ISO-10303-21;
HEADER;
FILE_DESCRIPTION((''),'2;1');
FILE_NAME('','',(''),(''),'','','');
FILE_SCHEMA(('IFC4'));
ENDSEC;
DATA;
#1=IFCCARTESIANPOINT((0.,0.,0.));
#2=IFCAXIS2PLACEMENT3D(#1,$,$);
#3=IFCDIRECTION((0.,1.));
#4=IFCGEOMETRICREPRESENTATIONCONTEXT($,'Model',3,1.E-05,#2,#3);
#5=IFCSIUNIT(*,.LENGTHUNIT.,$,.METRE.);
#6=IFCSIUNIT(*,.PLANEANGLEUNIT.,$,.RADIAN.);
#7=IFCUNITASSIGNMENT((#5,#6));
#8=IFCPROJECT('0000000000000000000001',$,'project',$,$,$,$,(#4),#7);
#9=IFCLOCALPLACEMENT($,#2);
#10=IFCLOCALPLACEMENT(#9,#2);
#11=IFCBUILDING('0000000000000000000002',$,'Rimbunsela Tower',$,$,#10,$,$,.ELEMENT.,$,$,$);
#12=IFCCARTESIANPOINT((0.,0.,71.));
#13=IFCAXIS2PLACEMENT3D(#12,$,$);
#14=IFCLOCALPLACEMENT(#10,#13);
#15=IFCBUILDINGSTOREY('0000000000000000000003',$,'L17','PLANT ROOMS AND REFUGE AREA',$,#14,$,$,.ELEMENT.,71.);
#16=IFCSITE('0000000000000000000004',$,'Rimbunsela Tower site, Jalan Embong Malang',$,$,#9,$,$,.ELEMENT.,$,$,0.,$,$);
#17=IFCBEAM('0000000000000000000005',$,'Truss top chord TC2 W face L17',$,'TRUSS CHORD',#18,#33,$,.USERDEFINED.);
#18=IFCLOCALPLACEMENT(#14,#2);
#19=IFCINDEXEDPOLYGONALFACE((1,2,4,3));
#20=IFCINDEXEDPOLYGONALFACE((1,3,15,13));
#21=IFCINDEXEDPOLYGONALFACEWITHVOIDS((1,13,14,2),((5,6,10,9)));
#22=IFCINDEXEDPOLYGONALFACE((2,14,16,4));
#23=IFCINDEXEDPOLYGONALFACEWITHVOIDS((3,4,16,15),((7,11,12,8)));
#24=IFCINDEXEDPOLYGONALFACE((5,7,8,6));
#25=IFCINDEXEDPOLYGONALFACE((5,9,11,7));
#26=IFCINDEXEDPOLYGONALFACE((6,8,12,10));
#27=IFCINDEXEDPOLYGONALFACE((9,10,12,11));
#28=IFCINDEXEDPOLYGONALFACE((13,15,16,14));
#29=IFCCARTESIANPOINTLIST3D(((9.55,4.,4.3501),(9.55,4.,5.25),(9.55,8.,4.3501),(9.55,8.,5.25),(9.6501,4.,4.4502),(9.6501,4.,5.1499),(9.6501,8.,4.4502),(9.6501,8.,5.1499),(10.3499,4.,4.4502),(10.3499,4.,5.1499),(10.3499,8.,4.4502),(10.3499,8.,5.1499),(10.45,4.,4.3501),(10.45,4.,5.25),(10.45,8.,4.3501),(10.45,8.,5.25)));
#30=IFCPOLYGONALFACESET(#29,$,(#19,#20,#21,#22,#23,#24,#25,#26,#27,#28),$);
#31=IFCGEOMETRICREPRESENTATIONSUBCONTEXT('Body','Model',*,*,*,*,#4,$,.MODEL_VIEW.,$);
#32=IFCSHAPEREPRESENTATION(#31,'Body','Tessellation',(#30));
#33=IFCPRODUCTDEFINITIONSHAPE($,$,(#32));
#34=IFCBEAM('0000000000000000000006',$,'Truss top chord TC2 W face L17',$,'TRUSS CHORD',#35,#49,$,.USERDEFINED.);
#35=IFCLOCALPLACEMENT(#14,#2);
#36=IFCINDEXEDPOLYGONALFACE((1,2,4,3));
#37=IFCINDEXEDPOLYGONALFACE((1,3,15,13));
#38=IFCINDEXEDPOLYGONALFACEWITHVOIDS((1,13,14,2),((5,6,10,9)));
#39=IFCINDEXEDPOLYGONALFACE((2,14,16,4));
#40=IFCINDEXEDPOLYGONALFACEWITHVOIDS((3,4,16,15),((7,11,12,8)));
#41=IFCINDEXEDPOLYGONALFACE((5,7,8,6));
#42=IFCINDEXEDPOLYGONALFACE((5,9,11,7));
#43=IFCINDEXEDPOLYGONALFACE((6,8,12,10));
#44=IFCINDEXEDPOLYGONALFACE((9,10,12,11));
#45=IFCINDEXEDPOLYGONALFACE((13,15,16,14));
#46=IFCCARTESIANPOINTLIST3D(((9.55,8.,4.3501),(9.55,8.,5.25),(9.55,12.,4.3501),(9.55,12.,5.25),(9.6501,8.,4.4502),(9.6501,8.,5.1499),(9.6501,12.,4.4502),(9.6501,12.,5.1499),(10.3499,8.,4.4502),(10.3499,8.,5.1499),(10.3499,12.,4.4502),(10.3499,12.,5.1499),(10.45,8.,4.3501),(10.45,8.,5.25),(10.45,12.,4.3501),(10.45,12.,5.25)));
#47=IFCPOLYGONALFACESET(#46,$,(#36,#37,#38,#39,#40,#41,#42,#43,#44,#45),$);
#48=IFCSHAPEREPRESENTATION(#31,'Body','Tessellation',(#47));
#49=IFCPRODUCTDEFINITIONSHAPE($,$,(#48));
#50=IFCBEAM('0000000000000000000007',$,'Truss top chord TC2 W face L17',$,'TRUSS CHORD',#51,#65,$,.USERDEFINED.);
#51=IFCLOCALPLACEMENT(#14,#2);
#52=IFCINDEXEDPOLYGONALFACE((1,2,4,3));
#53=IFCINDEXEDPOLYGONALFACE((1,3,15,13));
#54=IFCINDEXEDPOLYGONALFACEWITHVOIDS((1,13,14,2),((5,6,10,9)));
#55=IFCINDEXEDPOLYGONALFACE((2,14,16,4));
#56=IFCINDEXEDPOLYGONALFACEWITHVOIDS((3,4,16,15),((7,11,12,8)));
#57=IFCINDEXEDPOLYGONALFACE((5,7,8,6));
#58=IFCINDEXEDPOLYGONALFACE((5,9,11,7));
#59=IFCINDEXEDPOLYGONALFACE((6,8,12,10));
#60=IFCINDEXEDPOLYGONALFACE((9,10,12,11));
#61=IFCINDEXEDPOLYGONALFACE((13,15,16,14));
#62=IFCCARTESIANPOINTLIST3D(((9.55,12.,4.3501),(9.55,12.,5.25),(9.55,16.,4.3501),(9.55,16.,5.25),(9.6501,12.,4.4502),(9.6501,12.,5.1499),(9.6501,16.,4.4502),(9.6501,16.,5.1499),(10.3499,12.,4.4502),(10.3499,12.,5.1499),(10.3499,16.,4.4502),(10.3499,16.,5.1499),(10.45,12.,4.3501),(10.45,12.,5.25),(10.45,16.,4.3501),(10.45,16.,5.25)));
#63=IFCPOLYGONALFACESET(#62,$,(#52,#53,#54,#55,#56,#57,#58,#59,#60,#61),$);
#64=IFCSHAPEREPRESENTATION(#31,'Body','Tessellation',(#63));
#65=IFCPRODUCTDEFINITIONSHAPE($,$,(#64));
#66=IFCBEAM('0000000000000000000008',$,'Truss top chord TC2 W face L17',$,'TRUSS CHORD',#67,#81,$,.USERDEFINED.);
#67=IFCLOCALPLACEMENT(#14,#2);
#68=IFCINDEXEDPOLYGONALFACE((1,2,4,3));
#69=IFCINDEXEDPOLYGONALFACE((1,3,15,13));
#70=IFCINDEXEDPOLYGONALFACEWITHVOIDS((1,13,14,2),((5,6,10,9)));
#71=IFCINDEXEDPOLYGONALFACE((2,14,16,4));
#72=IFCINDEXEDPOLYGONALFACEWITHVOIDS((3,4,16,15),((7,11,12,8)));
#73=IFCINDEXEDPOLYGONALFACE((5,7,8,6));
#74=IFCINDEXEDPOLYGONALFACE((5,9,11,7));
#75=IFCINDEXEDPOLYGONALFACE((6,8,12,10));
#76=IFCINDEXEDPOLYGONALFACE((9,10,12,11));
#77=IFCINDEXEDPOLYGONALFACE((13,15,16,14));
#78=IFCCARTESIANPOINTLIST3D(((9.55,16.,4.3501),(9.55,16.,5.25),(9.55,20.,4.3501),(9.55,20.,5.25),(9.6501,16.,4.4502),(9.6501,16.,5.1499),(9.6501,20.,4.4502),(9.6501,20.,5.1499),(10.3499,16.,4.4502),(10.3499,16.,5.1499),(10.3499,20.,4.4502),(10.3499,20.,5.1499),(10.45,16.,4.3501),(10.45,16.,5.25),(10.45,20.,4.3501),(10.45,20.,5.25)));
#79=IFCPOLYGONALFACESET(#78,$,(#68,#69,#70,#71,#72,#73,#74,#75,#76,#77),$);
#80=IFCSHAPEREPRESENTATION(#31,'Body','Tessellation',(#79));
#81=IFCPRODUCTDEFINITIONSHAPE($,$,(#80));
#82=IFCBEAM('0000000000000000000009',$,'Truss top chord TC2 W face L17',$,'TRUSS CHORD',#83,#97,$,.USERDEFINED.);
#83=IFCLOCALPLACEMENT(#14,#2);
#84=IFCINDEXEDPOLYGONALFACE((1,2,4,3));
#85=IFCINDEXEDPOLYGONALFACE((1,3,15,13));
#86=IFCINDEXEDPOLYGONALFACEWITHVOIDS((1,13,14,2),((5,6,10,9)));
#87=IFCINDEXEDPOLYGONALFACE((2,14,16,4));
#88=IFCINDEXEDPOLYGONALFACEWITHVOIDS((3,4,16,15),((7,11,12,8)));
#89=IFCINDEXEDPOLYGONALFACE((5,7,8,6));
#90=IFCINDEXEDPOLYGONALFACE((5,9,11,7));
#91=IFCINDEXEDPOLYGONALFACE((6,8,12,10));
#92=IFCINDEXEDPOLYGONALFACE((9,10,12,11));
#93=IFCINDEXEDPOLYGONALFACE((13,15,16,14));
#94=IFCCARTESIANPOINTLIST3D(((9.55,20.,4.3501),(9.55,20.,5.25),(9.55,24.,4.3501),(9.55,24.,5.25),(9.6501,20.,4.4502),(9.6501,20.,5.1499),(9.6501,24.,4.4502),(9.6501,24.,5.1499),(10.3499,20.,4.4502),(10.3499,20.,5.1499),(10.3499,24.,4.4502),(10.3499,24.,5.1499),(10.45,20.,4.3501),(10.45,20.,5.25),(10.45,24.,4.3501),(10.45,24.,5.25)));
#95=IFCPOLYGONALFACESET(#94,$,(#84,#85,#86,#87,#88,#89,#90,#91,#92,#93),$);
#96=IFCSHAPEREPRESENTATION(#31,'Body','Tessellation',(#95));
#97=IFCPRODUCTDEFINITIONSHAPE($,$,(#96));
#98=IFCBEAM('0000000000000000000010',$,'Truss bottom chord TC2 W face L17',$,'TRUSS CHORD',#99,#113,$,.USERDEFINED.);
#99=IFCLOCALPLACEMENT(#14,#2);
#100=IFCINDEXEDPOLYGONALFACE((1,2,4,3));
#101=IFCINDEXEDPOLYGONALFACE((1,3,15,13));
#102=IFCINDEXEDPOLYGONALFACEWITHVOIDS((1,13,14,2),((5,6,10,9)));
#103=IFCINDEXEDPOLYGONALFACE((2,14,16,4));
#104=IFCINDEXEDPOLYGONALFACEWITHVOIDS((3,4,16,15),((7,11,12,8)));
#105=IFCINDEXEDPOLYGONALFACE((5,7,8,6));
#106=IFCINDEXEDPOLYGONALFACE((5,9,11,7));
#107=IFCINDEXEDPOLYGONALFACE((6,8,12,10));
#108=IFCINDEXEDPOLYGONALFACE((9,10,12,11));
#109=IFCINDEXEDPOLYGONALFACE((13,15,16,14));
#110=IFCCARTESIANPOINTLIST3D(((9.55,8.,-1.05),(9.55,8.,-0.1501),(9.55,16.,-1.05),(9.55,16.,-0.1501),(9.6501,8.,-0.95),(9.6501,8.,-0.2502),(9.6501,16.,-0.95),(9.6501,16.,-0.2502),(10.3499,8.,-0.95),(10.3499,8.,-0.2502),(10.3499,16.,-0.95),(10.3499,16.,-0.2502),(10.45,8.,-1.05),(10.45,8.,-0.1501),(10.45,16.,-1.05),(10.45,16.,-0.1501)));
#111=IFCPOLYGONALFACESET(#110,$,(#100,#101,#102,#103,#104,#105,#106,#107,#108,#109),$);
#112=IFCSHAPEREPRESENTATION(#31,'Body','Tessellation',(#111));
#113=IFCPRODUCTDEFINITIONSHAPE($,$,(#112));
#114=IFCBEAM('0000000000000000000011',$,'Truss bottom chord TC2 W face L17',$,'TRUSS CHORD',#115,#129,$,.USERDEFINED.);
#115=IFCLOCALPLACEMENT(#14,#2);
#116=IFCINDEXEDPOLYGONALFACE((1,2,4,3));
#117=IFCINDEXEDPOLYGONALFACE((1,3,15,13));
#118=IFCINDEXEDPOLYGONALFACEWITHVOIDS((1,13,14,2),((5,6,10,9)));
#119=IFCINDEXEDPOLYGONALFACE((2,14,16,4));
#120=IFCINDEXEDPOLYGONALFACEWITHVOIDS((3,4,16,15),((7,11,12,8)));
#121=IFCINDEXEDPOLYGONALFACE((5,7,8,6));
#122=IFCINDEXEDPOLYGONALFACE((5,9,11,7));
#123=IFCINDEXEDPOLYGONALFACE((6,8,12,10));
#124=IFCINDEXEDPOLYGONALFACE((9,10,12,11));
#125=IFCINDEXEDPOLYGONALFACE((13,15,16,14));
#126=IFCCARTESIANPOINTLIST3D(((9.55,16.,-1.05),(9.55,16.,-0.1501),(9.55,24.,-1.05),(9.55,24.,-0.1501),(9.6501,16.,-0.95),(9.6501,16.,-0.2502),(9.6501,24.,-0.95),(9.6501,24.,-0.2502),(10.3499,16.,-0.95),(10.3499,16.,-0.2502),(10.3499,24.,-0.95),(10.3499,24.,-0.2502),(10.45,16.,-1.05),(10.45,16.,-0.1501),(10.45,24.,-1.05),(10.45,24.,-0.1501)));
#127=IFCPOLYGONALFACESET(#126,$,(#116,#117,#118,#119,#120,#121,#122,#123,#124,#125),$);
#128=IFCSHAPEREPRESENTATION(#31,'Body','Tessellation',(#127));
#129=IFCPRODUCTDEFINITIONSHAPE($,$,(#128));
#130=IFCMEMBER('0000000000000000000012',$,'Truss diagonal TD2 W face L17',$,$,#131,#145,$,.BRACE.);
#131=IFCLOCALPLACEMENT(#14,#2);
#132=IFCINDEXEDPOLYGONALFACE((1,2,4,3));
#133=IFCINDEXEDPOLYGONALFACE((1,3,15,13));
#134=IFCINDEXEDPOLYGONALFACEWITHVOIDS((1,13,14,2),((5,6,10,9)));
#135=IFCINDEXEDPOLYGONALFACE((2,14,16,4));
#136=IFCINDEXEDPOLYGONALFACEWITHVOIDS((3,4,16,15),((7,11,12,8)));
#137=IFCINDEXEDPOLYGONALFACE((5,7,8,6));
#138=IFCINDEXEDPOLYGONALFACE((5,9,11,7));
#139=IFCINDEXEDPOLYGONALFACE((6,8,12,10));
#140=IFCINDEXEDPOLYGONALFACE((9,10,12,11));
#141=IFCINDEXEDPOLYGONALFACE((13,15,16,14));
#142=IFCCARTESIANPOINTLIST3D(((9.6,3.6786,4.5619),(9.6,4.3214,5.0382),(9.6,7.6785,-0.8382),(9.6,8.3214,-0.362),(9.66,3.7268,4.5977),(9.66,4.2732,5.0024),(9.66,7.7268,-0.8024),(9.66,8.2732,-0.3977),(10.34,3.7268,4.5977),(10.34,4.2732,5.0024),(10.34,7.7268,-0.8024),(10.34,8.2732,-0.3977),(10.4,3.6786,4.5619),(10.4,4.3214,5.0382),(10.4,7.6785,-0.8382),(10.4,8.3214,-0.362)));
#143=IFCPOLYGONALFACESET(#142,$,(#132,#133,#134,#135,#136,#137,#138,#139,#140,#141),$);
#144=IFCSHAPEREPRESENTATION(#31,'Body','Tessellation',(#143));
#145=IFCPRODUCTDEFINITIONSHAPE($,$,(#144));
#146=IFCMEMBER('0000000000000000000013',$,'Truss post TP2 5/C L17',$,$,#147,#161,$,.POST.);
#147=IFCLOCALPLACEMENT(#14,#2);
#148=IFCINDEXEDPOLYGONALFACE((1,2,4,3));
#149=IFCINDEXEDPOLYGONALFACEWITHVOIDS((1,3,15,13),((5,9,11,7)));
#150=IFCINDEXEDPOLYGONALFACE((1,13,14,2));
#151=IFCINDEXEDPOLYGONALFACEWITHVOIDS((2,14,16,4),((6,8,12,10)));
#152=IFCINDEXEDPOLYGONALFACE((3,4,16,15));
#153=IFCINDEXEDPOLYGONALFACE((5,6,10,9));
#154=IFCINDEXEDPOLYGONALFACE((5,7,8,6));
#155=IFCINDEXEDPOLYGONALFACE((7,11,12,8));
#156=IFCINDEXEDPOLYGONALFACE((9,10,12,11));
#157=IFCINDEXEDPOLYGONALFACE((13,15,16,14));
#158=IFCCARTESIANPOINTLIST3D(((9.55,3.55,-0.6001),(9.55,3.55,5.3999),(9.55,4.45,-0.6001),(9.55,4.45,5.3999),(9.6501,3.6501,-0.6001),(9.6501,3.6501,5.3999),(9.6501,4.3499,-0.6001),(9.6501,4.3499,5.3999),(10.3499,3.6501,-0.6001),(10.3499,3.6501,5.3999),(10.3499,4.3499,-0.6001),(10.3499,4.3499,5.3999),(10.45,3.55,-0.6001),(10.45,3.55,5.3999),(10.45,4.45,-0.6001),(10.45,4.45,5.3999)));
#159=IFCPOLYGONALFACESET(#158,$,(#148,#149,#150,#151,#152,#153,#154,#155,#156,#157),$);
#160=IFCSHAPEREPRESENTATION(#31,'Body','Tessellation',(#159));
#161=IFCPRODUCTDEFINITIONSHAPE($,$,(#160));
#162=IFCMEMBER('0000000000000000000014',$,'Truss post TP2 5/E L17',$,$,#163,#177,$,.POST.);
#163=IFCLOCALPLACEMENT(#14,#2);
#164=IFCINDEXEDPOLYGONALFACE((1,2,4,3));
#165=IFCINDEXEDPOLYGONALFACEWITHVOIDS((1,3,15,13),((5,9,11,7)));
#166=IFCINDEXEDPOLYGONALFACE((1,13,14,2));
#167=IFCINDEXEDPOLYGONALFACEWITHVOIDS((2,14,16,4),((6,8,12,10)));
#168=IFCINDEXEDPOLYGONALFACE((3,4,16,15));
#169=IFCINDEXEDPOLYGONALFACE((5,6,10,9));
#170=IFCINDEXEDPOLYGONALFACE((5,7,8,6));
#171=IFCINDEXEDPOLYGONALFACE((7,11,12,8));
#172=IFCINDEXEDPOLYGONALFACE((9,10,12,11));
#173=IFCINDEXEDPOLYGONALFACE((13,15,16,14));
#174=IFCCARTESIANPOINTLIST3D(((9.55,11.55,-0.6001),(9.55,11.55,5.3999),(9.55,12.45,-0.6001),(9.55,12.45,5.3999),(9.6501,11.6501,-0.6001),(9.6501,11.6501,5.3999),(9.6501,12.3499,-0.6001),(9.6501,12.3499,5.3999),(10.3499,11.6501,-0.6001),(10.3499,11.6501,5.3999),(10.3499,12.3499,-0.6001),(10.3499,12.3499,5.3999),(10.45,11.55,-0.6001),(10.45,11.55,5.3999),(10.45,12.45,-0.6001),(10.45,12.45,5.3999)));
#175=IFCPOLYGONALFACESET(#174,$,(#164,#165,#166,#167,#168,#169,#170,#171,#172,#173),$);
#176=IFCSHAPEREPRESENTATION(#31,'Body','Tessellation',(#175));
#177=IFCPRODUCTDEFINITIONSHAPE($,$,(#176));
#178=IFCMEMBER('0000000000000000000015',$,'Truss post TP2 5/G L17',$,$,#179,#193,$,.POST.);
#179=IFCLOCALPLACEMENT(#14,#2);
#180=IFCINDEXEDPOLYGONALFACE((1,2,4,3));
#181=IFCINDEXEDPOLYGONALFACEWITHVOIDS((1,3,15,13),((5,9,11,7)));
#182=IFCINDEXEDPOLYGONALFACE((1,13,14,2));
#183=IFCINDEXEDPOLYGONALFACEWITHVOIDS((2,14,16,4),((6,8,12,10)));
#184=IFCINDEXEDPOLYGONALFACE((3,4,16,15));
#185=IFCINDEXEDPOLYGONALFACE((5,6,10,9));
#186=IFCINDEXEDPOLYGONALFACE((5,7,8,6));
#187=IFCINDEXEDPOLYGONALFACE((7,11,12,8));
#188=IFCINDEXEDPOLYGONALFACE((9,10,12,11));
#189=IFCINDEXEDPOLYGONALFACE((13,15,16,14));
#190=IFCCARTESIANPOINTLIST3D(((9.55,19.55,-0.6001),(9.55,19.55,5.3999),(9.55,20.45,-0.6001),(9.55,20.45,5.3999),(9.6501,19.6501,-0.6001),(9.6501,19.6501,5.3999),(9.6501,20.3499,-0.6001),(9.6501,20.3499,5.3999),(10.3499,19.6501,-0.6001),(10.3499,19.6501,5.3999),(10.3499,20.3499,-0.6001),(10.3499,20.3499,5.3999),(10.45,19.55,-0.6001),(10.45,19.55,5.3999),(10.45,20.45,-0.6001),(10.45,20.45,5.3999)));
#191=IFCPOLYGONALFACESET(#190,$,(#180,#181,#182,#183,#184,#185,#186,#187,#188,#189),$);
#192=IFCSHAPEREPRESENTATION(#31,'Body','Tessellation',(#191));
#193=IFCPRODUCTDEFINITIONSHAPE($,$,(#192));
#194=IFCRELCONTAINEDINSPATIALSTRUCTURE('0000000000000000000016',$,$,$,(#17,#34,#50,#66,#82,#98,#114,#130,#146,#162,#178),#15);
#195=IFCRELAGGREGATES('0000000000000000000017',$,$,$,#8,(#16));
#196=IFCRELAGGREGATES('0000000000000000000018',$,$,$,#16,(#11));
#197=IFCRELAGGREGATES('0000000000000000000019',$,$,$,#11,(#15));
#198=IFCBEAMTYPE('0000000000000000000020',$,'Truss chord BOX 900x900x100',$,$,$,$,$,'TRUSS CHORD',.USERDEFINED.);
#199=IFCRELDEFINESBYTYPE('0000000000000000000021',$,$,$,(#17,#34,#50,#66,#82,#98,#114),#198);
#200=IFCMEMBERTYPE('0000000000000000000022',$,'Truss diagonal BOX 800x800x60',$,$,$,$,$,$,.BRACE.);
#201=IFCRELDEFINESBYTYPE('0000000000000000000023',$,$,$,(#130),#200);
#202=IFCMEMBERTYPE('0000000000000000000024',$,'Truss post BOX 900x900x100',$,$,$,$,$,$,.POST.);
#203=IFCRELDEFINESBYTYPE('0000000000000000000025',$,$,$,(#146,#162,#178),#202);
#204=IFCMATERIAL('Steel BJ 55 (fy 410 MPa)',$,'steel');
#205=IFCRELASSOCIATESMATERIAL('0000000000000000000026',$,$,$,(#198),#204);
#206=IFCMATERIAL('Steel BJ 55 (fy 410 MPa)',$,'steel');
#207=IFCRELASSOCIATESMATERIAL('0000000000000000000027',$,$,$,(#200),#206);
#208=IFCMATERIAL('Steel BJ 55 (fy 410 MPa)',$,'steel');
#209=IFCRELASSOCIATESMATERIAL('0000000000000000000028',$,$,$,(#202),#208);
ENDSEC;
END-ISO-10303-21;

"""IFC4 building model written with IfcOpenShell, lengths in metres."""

from ifc_helpers import new_model, si_unit, direction, frame, origin, origin_2d, place, context, subcontext, project, spatial, hollow_rectangle, extrude, material, material_profile, profile_set, type_object, element, save


model = new_model("IFC4")

# Units and contexts
model_context = context("Model", 3, precision=1e-05, world=origin(), true_north=direction((0.0, 1.0)))
body_context = subcontext(model_context, "Body", "Model", "MODEL_VIEW")
ifc_project = project(units=[si_unit("LENGTHUNIT", "METRE"), si_unit("PLANEANGLEUNIT", "RADIAN")], contexts=[model_context])

# Site, building, storey
site_placement = place(None, origin())
site = spatial("IfcSite", under=ifc_project, at=site_placement, Name="Rimbunsela Tower site, Jalan Embong Malang", CompositionType="ELEMENT", RefElevation=0.0)
building_placement = place(site_placement, origin())
building = spatial("IfcBuilding", under=site, at=building_placement, Name="Rimbunsela Tower", CompositionType="ELEMENT")
storey_placement = place(building_placement, frame((0.0, 0.0, 71.0)))
storey = spatial("IfcBuildingStorey", under=building, at=storey_placement, Name="L17", Description="PLANT ROOMS AND REFUGE AREA", CompositionType="ELEMENT", Elevation=71.0)

# Beams
ifc_material_1 = material(Name="Steel BJ 55 (fy 410 MPa)", Category="steel")
ifc_material_profile_1 = material_profile(ifc_material_1, hollow_rectangle(XDim=0.8999, YDim=0.8999, WallThickness=0.1001, at=origin_2d()), Name="BOX 900x900x100")
ifc_profile_set_1 = profile_set([ifc_material_profile_1], Name="Steel BJ 55 (fy 410 MPa)")
beam_type_1 = type_object("IfcBeamType", Name="Truss chord BOX 900x900x100", ElementType="TRUSS CHORD", PredefinedType="USERDEFINED", material=ifc_profile_set_1)
for number, where, z_axis, x_axis, name in (
    (1, (10.0, 4.0, 4.8), (0.0, 1.0, 0.0), (-1.0, 0.0, 0.0), "Truss top chord TC2 W face L17"),
    (2, (10.0, 8.0, 4.8), (0.0, 1.0, 0.0), (-1.0, 0.0, 0.0), "Truss top chord TC2 W face L17"),
    (3, (10.0, 12.0, 4.8), (0.0, 1.0, 0.0), (-1.0, 0.0, 0.0), "Truss top chord TC2 W face L17"),
    (4, (10.0, 16.0, 4.8), (0.0, 1.0, 0.0), (-1.0, 0.0, 0.0), "Truss top chord TC2 W face L17"),
    (5, (10.0, 20.0, 4.8), (0.0, 1.0, 0.0), (-1.0, 0.0, 0.0), "Truss top chord TC2 W face L17"),
):
    element("IfcBeam", number, at=place(storey_placement, frame(where, z_axis=z_axis, x_axis=x_axis)), inside=storey, type_object=beam_type_1, Name=name, ObjectType="TRUSS CHORD", PredefinedType="USERDEFINED", context=body_context, shape_type="SweptSolid", body=[
        extrude(hollow_rectangle(XDim=0.8999, YDim=0.8999, WallThickness=0.1001, at=origin_2d()), origin(), (0.0, 0.0, 1.0), 4.0),
    ])
for number, where, z_axis, x_axis, name in (
    (6, (10.0, 8.0, -0.6001), (0.0, 1.0, 0.0), (-1.0, 0.0, 0.0), "Truss bottom chord TC2 W face L17"),
    (7, (10.0, 16.0, -0.6001), (0.0, 1.0, 0.0), (-1.0, 0.0, 0.0), "Truss bottom chord TC2 W face L17"),
):
    element("IfcBeam", number, at=place(storey_placement, frame(where, z_axis=z_axis, x_axis=x_axis)), inside=storey, type_object=beam_type_1, Name=name, ObjectType="TRUSS CHORD", PredefinedType="USERDEFINED", context=body_context, shape_type="SweptSolid", body=[
        extrude(hollow_rectangle(XDim=0.8999, YDim=0.8999, WallThickness=0.1001, at=origin_2d()), origin(), (0.0, 0.0, 1.0), 8.0),
    ])

# Members
ifc_material_2 = material(Name="Steel BJ 55 (fy 410 MPa)", Category="steel")
ifc_material_profile_2 = material_profile(ifc_material_2, hollow_rectangle(XDim=0.8, YDim=0.8, WallThickness=0.0601, at=origin_2d()), Name="BOX 800x800x60")
ifc_profile_set_2 = profile_set([ifc_material_profile_2], Name="Steel BJ 55 (fy 410 MPa)")
member_type_1 = type_object("IfcMemberType", Name="Truss diagonal BOX 800x800x60", PredefinedType="BRACE", material=ifc_profile_set_2)
member_1_placement = place(storey_placement, frame((10.0, 4.0, 4.8), z_axis=(0.0, 0.595217, -0.803565), x_axis=(-1.0, 0.0, 0.0)))
element("IfcMember", 8, at=member_1_placement, inside=storey, type_object=member_type_1, Name="Truss diagonal TD2 W face L17", PredefinedType="BRACE", context=body_context, shape_type="SweptSolid", body=[
    extrude(hollow_rectangle(XDim=0.8, YDim=0.8, WallThickness=0.0601, at=origin_2d()), origin(), (0.0, 0.0, 1.0), 6.7202),
])
ifc_material_3 = material(Name="Steel BJ 55 (fy 410 MPa)", Category="steel")
ifc_material_profile_3 = material_profile(ifc_material_3, hollow_rectangle(XDim=0.8999, YDim=0.8999, WallThickness=0.1001, at=origin_2d()), Name="BOX 900x900x100")
ifc_profile_set_3 = profile_set([ifc_material_profile_3], Name="Steel BJ 55 (fy 410 MPa)")
member_type_2 = type_object("IfcMemberType", Name="Truss post BOX 900x900x100", PredefinedType="POST", material=ifc_profile_set_3)
for number, where, z_axis, x_axis, name in (
    (9, (10.0, 4.0, -0.6001), (0.0, 0.0, 1.0), (1.0, 0.0, 0.0), "Truss post TP2 5/C L17"),
    (10, (10.0, 12.0, -0.6001), (0.0, 0.0, 1.0), (1.0, 0.0, 0.0), "Truss post TP2 5/E L17"),
    (11, (10.0, 20.0, -0.6001), (0.0, 0.0, 1.0), (1.0, 0.0, 0.0), "Truss post TP2 5/G L17"),
):
    element("IfcMember", number, at=place(storey_placement, frame(where, z_axis=z_axis, x_axis=x_axis)), inside=storey, type_object=member_type_2, Name=name, PredefinedType="POST", context=body_context, shape_type="SweptSolid", body=[
        extrude(hollow_rectangle(XDim=0.8999, YDim=0.8999, WallThickness=0.1001, at=origin_2d()), origin(), (0.0, 0.0, 1.0), 6.0),
    ])

save(model, "model.ifc")
